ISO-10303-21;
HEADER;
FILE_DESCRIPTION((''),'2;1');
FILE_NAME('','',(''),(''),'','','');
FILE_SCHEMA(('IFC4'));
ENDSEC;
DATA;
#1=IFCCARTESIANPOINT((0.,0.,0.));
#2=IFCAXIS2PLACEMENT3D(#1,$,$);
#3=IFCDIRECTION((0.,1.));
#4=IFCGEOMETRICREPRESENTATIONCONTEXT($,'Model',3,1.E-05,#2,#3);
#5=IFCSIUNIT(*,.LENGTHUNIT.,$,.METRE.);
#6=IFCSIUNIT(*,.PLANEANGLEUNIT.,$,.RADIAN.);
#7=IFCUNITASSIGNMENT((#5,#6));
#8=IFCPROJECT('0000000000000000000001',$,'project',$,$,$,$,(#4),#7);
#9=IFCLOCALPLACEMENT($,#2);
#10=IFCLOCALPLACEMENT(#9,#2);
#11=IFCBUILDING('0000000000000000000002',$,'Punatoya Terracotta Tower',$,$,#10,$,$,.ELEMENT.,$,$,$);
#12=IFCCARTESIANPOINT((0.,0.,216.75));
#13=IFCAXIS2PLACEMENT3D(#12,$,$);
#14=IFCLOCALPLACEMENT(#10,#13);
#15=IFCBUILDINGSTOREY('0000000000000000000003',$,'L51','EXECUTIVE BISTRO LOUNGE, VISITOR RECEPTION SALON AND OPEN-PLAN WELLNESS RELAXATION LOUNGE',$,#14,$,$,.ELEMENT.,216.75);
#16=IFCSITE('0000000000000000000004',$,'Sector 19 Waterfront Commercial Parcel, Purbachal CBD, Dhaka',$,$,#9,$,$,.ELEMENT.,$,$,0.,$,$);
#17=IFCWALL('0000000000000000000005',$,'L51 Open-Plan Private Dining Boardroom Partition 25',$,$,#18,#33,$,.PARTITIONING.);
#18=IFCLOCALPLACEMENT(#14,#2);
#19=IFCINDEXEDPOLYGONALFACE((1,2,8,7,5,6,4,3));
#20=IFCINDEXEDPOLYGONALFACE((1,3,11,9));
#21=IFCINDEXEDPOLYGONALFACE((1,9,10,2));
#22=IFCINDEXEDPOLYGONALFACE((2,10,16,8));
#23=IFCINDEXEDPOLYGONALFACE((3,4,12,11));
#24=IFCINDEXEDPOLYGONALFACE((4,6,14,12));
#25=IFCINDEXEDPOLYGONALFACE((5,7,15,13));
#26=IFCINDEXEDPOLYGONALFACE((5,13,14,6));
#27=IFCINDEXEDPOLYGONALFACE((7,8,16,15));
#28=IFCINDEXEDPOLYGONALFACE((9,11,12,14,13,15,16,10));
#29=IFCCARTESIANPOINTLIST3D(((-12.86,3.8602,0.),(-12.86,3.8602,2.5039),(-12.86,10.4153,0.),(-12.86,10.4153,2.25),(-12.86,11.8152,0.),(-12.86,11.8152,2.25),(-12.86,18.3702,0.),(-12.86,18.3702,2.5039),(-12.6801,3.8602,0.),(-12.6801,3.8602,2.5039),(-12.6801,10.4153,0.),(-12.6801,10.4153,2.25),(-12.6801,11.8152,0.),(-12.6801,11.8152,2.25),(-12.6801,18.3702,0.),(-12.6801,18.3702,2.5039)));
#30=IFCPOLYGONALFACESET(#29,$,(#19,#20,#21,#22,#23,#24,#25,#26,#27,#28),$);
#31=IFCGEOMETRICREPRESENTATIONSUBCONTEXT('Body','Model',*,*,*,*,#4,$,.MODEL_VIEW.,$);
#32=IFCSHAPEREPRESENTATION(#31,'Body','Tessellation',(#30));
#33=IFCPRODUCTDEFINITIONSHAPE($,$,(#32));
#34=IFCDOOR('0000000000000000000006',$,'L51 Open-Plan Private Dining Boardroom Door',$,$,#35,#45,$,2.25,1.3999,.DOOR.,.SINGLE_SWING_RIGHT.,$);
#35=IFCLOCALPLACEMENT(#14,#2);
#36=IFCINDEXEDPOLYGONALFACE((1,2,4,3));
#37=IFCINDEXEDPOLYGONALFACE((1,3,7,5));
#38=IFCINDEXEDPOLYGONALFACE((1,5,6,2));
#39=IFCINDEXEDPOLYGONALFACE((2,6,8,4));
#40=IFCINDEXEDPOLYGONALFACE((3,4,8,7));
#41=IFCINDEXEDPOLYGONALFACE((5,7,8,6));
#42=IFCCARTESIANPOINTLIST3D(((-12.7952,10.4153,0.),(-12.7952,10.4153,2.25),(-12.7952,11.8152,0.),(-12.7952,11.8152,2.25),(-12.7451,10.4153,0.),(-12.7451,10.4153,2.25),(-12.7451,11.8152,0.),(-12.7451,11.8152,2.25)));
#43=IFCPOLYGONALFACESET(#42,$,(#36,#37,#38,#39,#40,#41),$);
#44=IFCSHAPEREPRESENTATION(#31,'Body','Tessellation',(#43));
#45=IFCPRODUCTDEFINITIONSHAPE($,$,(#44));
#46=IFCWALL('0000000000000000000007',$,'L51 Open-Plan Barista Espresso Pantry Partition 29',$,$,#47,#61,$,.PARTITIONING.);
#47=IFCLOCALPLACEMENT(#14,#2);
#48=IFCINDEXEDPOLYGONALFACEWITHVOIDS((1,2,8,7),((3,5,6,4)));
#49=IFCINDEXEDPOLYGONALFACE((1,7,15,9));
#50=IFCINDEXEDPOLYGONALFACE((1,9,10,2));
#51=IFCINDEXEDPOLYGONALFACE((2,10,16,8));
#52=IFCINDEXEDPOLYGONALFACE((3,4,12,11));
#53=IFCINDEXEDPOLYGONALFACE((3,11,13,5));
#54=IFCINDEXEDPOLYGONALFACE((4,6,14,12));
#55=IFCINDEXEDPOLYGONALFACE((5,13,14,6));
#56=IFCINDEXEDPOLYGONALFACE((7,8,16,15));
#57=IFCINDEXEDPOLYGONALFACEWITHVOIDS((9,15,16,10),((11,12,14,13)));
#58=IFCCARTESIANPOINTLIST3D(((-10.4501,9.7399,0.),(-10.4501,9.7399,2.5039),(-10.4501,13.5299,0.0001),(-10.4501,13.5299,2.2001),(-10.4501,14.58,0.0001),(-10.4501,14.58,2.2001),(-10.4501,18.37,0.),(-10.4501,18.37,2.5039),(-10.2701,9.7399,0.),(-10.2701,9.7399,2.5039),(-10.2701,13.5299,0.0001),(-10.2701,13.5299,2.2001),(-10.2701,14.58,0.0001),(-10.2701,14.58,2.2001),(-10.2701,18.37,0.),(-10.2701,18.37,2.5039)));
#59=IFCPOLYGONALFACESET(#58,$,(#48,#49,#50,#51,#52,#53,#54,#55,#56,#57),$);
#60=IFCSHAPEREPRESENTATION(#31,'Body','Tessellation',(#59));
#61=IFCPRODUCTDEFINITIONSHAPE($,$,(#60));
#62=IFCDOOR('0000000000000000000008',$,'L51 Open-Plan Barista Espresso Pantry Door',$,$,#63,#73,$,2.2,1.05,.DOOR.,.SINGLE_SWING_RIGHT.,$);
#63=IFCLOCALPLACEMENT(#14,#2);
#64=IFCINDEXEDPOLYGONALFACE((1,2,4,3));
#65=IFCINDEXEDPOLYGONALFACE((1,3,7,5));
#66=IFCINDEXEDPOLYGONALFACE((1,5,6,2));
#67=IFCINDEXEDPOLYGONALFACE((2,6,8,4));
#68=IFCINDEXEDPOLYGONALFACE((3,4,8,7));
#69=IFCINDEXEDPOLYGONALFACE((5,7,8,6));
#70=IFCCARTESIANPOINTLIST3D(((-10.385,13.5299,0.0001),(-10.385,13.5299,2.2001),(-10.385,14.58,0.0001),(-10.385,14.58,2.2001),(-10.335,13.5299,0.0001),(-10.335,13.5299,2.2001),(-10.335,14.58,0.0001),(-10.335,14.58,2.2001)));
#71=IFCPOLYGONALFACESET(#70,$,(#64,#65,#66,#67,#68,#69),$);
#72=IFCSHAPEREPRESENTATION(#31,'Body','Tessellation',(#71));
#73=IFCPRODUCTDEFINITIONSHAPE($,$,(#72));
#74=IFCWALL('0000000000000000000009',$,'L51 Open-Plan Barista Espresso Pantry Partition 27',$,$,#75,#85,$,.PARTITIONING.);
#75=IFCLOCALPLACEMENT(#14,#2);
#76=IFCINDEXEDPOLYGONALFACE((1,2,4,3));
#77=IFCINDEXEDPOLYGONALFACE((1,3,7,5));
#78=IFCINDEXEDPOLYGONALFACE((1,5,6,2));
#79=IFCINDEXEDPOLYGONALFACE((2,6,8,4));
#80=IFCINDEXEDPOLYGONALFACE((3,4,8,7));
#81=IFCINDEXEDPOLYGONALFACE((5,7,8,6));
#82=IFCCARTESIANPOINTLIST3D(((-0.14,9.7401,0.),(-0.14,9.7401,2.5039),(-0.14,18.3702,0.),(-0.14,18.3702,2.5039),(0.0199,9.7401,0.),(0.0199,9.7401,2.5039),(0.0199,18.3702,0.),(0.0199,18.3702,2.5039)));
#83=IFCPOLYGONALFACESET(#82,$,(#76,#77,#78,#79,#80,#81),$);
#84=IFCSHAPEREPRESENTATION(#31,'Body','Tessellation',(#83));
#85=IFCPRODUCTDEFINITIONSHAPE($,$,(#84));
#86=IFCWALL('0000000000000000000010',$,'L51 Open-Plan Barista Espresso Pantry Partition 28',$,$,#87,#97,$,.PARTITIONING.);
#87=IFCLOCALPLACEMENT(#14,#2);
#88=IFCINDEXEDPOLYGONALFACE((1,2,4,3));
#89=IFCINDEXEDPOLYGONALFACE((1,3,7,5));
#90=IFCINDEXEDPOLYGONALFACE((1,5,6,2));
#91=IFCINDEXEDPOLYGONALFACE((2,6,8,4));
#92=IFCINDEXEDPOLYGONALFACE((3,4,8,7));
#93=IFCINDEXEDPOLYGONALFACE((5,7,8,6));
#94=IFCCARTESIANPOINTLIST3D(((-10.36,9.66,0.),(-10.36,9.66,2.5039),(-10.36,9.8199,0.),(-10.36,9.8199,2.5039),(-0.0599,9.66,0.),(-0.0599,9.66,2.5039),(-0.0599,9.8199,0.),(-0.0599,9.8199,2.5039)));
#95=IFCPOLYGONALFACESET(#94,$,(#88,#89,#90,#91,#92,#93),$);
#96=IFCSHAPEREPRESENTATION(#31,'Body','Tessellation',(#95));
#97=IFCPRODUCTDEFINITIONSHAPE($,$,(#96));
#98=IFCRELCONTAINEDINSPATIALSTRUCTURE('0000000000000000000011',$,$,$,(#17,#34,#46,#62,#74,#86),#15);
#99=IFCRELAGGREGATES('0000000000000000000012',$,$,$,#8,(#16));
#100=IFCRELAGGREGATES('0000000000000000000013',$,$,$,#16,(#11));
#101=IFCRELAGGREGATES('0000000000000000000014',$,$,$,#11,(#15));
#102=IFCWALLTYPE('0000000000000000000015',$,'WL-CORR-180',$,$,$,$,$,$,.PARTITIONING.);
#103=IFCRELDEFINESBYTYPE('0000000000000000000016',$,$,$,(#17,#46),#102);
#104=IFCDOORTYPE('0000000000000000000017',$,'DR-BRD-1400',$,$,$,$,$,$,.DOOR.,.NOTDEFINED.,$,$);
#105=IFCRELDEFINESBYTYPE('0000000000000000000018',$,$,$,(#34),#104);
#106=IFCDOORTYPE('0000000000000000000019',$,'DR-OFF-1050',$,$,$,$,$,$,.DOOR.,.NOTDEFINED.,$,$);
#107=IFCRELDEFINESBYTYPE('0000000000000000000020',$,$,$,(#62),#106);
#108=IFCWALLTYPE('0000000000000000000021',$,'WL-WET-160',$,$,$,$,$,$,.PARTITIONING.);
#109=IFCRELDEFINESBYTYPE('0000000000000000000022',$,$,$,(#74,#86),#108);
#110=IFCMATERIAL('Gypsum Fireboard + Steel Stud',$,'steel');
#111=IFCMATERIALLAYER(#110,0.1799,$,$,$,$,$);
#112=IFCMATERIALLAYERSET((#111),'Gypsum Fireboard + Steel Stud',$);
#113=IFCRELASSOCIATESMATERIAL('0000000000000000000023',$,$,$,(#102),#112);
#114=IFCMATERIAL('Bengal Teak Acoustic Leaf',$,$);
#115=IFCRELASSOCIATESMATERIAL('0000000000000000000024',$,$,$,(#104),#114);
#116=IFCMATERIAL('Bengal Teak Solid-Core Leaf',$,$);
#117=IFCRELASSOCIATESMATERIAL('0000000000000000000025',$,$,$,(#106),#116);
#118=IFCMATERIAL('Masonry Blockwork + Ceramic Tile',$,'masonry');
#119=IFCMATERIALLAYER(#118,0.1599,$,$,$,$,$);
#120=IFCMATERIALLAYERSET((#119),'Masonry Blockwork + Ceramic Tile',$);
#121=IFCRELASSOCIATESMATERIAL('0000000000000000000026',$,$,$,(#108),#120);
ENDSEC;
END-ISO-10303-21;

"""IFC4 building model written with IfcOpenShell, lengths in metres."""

from ifc_helpers import new_model, si_unit, direction, frame, frame_2d, origin, place, context, subcontext, project, spatial, rectangle, extrude, material, layer, layer_set, type_object, element, fill, save


model = new_model("IFC4")

# Units and contexts
model_context = context("Model", 3, precision=1e-05, world=origin(), true_north=direction((0.0, 1.0)))
body_context = subcontext(model_context, "Body", "Model", "MODEL_VIEW")
ifc_project = project(units=[si_unit("LENGTHUNIT", "METRE"), si_unit("PLANEANGLEUNIT", "RADIAN")], contexts=[model_context])

# Site, building, storey
site_placement = place(None, origin())
site = spatial("IfcSite", under=ifc_project, at=site_placement, Name="Sector 19 Waterfront Commercial Parcel, Purbachal CBD, Dhaka", CompositionType="ELEMENT", RefElevation=0.0)
building_placement = place(site_placement, origin())
building = spatial("IfcBuilding", under=site, at=building_placement, Name="Punatoya Terracotta Tower", CompositionType="ELEMENT")
storey_placement = place(building_placement, frame((0.0, 0.0, 216.75)))
storey = spatial("IfcBuildingStorey", under=building, at=storey_placement, Name="L51", Description="EXECUTIVE BISTRO LOUNGE, VISITOR RECEPTION SALON AND OPEN-PLAN WELLNESS RELAXATION LOUNGE", CompositionType="ELEMENT", Elevation=216.75)

# Shared definitions
ifc_material_1 = material(Name="Gypsum Fireboard + Steel Stud", Category="steel")
ifc_layer_1 = layer(ifc_material_1, 0.1799)
ifc_layer_set_1 = layer_set([ifc_layer_1], Name="Gypsum Fireboard + Steel Stud")
wall_type_1 = type_object("IfcWallType", Name="WL-CORR-180", PredefinedType="PARTITIONING", material=ifc_layer_set_1)

# Walls, openings, doors
wall_1_placement = place(storey_placement, frame((-12.77, 18.3701, 0.0), z_axis=(0.0, 0.0, 1.0), x_axis=(0.0, -1.0, 0.0)))
wall_1 = element("IfcWall", 1, at=wall_1_placement, inside=storey, type_object=wall_type_1, Name="L51 Open-Plan Private Dining Boardroom Partition 25", PredefinedType="PARTITIONING", context=body_context, shape_type="SweptSolid", body=[
    extrude(rectangle(XDim=14.51, YDim=0.1799, at=frame_2d((7.2549, 0.0))), origin(), (0.0, 0.0, 1.0), 2.5039),
])
opening_1_placement = place(wall_1_placement, frame((6.5549, 0.0, 0.0)))
opening_1 = element("IfcOpeningElement", 2, at=opening_1_placement, cuts=wall_1, PredefinedType="OPENING", context=body_context, shape_type="SweptSolid", body=[
    extrude(rectangle(XDim=1.3999, YDim=2.25, at=frame_2d((0.7, 1.125))), frame((0.0, 0.0999, 0.0), z_axis=(0.0, -1.0, 0.0), x_axis=(1.0, 0.0, 0.0)), (0.0, 0.0, 1.0), 0.2),
])
ifc_material_2 = material(Name="Bengal Teak Acoustic Leaf")
door_type_1 = type_object("IfcDoorType", Name="DR-BRD-1400", OperationType="NOTDEFINED", PredefinedType="DOOR", material=ifc_material_2)
door_1_placement = place(opening_1_placement, origin())
door_1 = element("IfcDoor", 3, at=door_1_placement, inside=storey, type_object=door_type_1, Name="L51 Open-Plan Private Dining Boardroom Door", OperationType="SINGLE_SWING_RIGHT", OverallHeight=2.25, OverallWidth=1.3999, PredefinedType="DOOR", context=body_context, shape_type="SweptSolid", body=[
    extrude(rectangle(XDim=1.3999, YDim=2.25, at=frame_2d((0.7, 1.125))), frame((0.0, 0.0249, 0.0), z_axis=(0.0, -1.0, 0.0), x_axis=(1.0, 0.0, 0.0)), (0.0, 0.0, 1.0), 0.05),
])
fill(opening_1, door_1)
wall_2_placement = place(storey_placement, frame((-10.3601, 9.74, 0.0), z_axis=(0.0, 0.0, 1.0), x_axis=(0.0, 1.0, 0.0)))
wall_2 = element("IfcWall", 4, at=wall_2_placement, inside=storey, type_object=wall_type_1, Name="L51 Open-Plan Barista Espresso Pantry Partition 29", PredefinedType="PARTITIONING", context=body_context, shape_type="SweptSolid", body=[
    extrude(rectangle(XDim=8.6301, YDim=0.1799, at=frame_2d((4.3149, 0.0))), origin(), (0.0, 0.0, 1.0), 2.5039),
])
opening_2_placement = place(wall_2_placement, frame((3.79, 0.0, 0.0)))
opening_2 = element("IfcOpeningElement", 5, at=opening_2_placement, cuts=wall_2, PredefinedType="OPENING", context=body_context, shape_type="SweptSolid", body=[
    extrude(rectangle(XDim=1.05, YDim=2.2, at=frame_2d((0.5249, 1.1001))), frame((0.0, 0.0999, 0.0), z_axis=(0.0, -1.0, 0.0), x_axis=(1.0, 0.0, 0.0)), (0.0, 0.0, 1.0), 0.2),
])
ifc_material_3 = material(Name="Bengal Teak Solid-Core Leaf")
door_type_2 = type_object("IfcDoorType", Name="DR-OFF-1050", OperationType="NOTDEFINED", PredefinedType="DOOR", material=ifc_material_3)
door_2_placement = place(opening_2_placement, origin())
door_2 = element("IfcDoor", 6, at=door_2_placement, inside=storey, type_object=door_type_2, Name="L51 Open-Plan Barista Espresso Pantry Door", OperationType="SINGLE_SWING_RIGHT", OverallHeight=2.2, OverallWidth=1.05, PredefinedType="DOOR", context=body_context, shape_type="SweptSolid", body=[
    extrude(rectangle(XDim=1.05, YDim=2.2, at=frame_2d((0.5249, 1.1001))), frame((0.0, 0.0249, 0.0), z_axis=(0.0, -1.0, 0.0), x_axis=(1.0, 0.0, 0.0)), (0.0, 0.0, 1.0), 0.05),
])
fill(opening_2, door_2)

# Walls
ifc_material_4 = material(Name="Masonry Blockwork + Ceramic Tile", Category="masonry")
ifc_layer_2 = layer(ifc_material_4, 0.1599)
ifc_layer_set_2 = layer_set([ifc_layer_2], Name="Masonry Blockwork + Ceramic Tile")
wall_type_2 = type_object("IfcWallType", Name="WL-WET-160", PredefinedType="PARTITIONING", material=ifc_layer_set_2)
wall_3_placement = place(storey_placement, frame((-0.0601, 18.3701, 0.0), z_axis=(0.0, 0.0, 1.0), x_axis=(0.0, -1.0, 0.0)))
element("IfcWall", 7, at=wall_3_placement, inside=storey, type_object=wall_type_2, Name="L51 Open-Plan Barista Espresso Pantry Partition 27", PredefinedType="PARTITIONING", context=body_context, shape_type="SweptSolid", body=[
    extrude(rectangle(XDim=8.6301, YDim=0.1599, at=frame_2d((4.3149, 0.0))), origin(), (0.0, 0.0, 1.0), 2.5039),
])
wall_4_placement = place(storey_placement, frame((-0.0601, 9.74, 0.0), z_axis=(0.0, 0.0, 1.0), x_axis=(-1.0, 0.0, 0.0)))
element("IfcWall", 8, at=wall_4_placement, inside=storey, type_object=wall_type_2, Name="L51 Open-Plan Barista Espresso Pantry Partition 28", PredefinedType="PARTITIONING", context=body_context, shape_type="SweptSolid", body=[
    extrude(rectangle(XDim=10.3, YDim=0.1599, at=frame_2d((5.1499, 0.0))), origin(), (0.0, 0.0, 1.0), 2.5039),
])

save(model, "model.ifc")
